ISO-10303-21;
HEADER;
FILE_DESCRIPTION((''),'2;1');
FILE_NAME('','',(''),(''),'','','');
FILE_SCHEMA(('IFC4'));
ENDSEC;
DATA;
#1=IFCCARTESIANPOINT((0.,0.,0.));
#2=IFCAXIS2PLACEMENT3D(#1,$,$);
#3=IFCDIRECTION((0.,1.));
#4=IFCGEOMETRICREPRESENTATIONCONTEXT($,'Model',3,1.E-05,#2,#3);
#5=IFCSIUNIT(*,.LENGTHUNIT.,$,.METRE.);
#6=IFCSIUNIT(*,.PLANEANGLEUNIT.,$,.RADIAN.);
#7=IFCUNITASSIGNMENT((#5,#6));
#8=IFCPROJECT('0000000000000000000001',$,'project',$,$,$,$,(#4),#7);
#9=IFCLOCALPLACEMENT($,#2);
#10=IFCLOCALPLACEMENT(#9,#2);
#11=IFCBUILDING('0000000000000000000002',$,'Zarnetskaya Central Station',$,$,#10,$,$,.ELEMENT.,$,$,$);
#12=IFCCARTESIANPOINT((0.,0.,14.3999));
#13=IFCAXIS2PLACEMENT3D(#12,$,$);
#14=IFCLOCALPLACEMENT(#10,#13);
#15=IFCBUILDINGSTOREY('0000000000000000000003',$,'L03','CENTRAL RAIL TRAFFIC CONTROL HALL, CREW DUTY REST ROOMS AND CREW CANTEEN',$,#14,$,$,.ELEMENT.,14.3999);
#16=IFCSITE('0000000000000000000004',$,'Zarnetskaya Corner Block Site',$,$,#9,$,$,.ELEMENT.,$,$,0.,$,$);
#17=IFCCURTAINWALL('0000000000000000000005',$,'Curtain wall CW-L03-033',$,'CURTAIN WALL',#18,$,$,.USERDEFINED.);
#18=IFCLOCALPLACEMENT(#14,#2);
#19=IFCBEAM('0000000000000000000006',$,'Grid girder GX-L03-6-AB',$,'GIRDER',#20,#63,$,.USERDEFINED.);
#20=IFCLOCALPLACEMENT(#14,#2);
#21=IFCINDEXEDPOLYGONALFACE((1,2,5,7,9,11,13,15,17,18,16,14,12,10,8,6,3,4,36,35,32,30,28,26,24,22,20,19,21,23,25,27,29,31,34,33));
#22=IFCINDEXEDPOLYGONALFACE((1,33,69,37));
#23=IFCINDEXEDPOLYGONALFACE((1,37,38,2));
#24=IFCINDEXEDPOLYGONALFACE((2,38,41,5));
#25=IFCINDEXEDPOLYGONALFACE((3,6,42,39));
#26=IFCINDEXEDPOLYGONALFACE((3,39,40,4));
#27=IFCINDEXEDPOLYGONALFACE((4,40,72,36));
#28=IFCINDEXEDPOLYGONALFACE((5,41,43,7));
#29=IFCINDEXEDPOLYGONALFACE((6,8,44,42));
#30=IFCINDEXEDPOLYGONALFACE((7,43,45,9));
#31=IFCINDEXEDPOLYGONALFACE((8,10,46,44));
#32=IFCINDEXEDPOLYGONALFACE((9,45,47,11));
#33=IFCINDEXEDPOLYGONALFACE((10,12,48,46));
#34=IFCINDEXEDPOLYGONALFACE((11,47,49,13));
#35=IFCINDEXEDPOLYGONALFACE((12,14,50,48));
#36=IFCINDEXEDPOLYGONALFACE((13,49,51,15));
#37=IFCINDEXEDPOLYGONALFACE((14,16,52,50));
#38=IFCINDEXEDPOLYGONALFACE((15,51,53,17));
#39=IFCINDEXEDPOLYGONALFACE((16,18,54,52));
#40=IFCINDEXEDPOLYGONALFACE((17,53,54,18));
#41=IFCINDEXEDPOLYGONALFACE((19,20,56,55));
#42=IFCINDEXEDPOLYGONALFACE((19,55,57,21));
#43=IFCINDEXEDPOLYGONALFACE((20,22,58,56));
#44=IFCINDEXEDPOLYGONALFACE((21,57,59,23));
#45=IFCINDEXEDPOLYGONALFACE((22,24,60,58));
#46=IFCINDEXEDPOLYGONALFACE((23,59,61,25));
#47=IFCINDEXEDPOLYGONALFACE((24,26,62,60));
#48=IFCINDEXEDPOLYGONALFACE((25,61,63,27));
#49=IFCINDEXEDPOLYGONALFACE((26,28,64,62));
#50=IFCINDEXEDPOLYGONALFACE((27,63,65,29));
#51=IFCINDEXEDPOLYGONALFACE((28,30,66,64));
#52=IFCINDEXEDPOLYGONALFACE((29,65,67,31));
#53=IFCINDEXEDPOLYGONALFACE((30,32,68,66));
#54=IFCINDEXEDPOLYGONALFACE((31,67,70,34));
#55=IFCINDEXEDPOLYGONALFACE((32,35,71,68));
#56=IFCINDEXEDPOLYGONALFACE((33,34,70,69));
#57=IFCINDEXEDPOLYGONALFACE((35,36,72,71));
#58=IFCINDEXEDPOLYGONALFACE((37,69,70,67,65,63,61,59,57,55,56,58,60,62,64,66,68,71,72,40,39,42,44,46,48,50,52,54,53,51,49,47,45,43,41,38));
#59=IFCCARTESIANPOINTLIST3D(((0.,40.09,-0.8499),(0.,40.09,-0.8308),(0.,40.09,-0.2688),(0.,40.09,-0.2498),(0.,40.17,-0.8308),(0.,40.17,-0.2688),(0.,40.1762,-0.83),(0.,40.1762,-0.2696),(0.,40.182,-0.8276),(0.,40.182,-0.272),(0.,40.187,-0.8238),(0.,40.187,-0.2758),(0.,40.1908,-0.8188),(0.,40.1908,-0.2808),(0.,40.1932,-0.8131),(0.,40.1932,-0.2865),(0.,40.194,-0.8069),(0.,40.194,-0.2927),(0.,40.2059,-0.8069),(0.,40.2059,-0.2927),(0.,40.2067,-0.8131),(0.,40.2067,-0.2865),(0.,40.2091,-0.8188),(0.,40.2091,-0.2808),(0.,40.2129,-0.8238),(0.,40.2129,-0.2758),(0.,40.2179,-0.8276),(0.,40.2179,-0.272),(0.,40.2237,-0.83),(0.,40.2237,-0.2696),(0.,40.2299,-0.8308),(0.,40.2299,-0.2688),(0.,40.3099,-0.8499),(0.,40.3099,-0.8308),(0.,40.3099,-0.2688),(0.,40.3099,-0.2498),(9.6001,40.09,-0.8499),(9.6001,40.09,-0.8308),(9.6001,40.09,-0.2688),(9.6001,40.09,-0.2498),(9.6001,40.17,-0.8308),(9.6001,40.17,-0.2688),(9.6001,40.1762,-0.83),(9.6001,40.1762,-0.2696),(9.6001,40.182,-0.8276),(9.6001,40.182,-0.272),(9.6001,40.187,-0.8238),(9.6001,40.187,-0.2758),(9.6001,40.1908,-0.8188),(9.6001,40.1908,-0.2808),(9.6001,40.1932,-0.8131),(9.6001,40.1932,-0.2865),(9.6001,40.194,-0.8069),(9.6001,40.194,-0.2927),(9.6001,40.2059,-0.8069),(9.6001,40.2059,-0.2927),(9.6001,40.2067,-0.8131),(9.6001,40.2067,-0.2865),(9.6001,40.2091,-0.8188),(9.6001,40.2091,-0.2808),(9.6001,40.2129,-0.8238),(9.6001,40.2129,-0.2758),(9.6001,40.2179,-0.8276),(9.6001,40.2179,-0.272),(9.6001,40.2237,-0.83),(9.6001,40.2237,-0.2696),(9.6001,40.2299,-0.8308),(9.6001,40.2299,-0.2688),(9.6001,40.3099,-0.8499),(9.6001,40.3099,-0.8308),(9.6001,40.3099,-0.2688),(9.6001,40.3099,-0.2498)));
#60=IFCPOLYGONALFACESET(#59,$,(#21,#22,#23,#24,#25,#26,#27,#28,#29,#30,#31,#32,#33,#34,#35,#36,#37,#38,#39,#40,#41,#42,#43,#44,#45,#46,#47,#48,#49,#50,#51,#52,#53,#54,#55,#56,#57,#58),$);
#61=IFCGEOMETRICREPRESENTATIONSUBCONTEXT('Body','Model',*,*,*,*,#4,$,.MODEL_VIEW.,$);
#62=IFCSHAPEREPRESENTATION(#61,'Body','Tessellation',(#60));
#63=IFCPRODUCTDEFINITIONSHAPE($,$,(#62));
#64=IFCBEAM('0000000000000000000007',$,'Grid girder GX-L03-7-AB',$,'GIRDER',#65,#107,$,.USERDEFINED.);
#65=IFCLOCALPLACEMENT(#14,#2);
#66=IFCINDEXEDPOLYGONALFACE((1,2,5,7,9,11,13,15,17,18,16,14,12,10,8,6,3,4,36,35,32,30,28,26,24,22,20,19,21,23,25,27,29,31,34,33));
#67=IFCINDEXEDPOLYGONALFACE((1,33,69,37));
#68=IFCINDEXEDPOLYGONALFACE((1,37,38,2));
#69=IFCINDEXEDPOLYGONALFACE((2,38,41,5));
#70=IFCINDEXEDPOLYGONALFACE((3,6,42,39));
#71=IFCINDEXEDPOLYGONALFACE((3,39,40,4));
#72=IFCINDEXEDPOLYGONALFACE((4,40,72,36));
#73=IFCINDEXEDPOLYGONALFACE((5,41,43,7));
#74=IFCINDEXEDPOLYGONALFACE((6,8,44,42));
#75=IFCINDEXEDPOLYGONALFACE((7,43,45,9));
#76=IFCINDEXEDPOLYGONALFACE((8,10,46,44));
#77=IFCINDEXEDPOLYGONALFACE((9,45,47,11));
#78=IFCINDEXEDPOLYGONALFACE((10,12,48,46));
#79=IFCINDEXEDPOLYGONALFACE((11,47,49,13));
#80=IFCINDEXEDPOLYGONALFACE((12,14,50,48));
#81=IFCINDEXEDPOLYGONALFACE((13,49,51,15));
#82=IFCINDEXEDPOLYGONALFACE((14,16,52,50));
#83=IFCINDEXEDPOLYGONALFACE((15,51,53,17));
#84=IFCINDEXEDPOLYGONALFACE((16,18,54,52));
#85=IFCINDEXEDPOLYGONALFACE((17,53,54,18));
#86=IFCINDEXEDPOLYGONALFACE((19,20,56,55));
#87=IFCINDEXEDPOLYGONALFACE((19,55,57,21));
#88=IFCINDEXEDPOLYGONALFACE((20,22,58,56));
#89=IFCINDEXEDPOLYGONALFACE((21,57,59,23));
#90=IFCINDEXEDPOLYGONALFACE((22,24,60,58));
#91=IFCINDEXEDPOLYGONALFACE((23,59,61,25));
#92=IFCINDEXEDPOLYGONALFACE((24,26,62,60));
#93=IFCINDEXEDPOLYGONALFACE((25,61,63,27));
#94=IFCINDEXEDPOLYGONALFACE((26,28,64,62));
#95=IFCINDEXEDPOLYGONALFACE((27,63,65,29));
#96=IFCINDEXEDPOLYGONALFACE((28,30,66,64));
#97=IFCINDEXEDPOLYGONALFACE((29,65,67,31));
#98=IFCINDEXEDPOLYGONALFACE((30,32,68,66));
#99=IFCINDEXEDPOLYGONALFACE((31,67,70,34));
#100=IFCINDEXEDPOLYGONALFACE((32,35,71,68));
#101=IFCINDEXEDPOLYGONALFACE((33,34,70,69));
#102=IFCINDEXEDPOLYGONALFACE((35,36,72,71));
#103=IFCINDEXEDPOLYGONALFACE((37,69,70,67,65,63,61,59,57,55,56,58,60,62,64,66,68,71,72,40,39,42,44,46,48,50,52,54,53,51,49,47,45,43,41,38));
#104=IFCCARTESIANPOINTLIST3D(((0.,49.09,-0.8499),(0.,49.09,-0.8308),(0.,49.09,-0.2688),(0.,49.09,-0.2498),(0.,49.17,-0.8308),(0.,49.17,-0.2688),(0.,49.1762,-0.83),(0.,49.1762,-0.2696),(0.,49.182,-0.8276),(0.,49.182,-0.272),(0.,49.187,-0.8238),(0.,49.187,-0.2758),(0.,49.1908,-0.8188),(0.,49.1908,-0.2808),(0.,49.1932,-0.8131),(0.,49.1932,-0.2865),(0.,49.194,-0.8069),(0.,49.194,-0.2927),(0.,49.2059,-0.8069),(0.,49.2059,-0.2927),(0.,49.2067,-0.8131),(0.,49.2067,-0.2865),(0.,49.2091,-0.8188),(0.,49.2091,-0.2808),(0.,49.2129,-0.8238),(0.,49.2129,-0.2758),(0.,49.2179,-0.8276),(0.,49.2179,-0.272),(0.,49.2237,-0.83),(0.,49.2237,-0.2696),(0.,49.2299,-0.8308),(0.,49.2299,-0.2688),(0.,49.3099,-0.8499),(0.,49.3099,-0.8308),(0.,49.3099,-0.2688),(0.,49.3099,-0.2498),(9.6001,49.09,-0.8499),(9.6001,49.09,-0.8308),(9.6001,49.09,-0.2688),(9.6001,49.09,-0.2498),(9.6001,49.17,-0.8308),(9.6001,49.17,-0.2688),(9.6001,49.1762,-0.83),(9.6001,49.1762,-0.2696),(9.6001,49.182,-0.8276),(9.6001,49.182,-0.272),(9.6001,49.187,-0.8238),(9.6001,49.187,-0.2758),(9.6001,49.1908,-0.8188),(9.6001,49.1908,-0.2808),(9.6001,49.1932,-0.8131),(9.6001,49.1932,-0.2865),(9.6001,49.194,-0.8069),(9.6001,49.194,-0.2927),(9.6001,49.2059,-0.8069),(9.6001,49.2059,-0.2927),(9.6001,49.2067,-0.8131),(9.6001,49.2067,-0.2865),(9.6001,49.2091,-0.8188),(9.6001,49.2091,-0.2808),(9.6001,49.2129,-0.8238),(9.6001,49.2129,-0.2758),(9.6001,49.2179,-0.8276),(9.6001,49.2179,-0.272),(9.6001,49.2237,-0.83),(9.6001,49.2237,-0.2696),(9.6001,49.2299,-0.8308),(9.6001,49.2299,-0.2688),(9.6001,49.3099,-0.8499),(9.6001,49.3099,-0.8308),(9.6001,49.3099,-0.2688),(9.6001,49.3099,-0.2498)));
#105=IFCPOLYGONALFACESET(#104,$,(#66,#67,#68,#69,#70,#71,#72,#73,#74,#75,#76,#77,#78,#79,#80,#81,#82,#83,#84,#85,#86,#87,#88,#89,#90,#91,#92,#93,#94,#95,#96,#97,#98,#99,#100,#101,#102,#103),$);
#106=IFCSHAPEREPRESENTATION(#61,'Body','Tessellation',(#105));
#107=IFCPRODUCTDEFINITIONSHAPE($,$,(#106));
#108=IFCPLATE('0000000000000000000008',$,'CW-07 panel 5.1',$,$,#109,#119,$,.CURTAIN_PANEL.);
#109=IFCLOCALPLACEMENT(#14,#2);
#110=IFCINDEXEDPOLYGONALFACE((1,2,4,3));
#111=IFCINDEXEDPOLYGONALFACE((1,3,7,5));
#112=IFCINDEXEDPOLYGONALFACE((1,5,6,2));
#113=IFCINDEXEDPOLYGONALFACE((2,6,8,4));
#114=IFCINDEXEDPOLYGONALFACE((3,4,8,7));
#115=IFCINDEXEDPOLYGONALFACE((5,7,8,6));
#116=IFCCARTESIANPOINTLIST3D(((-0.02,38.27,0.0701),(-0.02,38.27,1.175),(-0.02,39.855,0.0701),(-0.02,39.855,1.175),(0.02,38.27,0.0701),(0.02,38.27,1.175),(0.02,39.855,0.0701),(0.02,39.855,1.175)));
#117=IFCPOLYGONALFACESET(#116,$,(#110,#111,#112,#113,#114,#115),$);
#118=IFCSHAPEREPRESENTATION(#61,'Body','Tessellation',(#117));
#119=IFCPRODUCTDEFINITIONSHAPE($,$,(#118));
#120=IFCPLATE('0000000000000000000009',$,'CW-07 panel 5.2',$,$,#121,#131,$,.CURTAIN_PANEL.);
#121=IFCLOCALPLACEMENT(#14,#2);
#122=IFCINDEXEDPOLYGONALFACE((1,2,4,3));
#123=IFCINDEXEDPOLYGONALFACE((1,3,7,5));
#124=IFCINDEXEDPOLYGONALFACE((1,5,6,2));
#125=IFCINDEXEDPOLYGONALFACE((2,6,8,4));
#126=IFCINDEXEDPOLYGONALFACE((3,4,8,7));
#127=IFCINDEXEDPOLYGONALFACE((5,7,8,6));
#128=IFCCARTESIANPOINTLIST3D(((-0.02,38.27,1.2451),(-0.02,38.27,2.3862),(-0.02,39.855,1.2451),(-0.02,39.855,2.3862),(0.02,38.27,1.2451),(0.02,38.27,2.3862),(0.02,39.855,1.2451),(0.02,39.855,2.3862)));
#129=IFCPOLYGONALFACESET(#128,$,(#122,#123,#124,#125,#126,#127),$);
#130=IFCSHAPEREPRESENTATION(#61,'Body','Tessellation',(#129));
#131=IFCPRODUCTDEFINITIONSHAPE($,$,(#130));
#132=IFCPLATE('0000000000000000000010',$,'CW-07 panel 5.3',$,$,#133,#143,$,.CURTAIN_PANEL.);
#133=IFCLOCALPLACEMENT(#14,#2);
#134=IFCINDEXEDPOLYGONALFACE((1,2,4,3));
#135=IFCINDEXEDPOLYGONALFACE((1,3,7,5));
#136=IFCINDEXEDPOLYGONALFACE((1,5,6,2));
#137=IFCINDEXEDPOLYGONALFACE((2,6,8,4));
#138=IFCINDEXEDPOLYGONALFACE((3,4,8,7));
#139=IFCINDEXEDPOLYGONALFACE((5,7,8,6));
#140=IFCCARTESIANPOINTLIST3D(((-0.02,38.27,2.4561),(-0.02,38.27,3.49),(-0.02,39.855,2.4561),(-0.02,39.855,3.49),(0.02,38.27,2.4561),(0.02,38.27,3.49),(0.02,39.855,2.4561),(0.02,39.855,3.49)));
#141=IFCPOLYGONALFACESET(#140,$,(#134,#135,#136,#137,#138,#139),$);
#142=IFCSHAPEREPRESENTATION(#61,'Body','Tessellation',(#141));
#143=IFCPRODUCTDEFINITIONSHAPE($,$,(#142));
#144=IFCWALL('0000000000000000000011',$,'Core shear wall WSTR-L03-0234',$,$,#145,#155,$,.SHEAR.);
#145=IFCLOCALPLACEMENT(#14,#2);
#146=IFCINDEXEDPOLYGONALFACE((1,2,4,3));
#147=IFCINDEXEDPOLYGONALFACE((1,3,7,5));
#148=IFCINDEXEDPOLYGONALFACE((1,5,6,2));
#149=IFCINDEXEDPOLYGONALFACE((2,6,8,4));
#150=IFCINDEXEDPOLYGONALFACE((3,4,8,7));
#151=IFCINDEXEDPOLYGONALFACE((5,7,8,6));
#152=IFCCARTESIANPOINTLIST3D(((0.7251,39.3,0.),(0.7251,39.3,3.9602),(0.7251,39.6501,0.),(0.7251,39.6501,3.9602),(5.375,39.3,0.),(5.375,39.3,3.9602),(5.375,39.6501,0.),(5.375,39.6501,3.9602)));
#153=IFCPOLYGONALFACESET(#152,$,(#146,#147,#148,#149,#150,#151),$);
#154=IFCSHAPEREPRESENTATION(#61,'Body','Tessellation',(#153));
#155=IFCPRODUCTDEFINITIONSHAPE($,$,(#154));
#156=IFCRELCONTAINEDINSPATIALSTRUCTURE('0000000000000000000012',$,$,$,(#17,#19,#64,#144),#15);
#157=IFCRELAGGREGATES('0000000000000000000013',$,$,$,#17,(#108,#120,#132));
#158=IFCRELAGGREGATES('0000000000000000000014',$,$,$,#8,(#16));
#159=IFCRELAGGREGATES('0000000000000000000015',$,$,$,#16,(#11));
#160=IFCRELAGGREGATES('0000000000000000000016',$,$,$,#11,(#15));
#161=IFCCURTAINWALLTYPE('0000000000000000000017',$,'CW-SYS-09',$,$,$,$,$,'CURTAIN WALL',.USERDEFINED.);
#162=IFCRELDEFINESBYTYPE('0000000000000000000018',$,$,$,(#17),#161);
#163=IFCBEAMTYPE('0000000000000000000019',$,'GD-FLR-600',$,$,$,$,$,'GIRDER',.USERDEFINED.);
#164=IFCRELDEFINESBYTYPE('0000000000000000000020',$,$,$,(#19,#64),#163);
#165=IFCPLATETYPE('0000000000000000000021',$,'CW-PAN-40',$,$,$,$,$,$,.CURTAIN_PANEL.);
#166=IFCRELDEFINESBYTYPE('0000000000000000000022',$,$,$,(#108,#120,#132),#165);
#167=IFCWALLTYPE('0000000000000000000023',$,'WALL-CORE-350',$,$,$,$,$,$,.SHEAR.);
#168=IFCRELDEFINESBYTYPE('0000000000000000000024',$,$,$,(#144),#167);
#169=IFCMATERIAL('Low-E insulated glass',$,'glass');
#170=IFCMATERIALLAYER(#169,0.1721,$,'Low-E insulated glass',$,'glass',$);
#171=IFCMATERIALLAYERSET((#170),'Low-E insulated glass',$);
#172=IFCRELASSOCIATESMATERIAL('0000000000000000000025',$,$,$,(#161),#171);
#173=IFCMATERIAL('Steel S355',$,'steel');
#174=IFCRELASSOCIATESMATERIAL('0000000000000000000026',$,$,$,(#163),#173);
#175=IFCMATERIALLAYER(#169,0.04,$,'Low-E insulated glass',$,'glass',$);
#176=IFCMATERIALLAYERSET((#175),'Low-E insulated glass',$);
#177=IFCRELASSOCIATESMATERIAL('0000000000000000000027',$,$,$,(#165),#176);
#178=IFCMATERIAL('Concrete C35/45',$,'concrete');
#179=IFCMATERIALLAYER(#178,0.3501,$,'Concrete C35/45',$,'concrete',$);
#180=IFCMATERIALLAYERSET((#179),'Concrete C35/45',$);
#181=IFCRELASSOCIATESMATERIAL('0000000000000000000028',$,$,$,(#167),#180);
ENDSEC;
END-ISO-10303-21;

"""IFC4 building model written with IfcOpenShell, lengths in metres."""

from ifc_helpers import new_model, si_unit, direction, frame, frame_2d, origin, origin_2d, place, context, subcontext, project, spatial, rectangle, i_section, extrude, material, layer, layer_set, material_profile, profile_set, type_object, element, aggregate, save


model = new_model("IFC4")

# Units and contexts
model_context = context("Model", 3, precision=1e-05, world=origin(), true_north=direction((0.0, 1.0)))
body_context = subcontext(model_context, "Body", "Model", "MODEL_VIEW")
ifc_project = project(units=[si_unit("LENGTHUNIT", "METRE"), si_unit("PLANEANGLEUNIT", "RADIAN")], contexts=[model_context])

# Site, building, storey
site_placement = place(None, origin())
site = spatial("IfcSite", under=ifc_project, at=site_placement, Name="Zarnetskaya Corner Block Site", CompositionType="ELEMENT", RefElevation=0.0)
building_placement = place(site_placement, origin())
building = spatial("IfcBuilding", under=site, at=building_placement, Name="Zarnetskaya Central Station", CompositionType="ELEMENT")
storey_placement = place(building_placement, frame((0.0, 0.0, 14.3999)))
storey = spatial("IfcBuildingStorey", under=building, at=storey_placement, Name="L03", Description="CENTRAL RAIL TRAFFIC CONTROL HALL, CREW DUTY REST ROOMS AND CREW CANTEEN", CompositionType="ELEMENT", Elevation=14.3999)

# Shared definitions
ifc_material_1 = material(Name="Steel S355", Category="steel")

# Curtain wall
ifc_material_2 = material(Name="Low-E insulated glass", Category="glass")
ifc_layer_1 = layer(ifc_material_2, 0.1721, Name="Low-E insulated glass", Category="glass")
ifc_layer_set_1 = layer_set([ifc_layer_1], Name="Low-E insulated glass")
curtain_wall_type_1 = type_object("IfcCurtainWallType", Name="CW-SYS-09", ElementType="CURTAIN WALL", PredefinedType="USERDEFINED", material=ifc_layer_set_1)
curtain_wall_1_placement = place(storey_placement, origin())
curtain_wall_1 = element("IfcCurtainWall", 1, at=curtain_wall_1_placement, inside=storey, type_object=curtain_wall_type_1, Name="Curtain wall CW-L03-033", ObjectType="CURTAIN WALL", PredefinedType="USERDEFINED")

# Beams
ifc_material_profile_1 = material_profile(ifc_material_1, i_section(OverallWidth=0.22, OverallDepth=0.6001, WebThickness=0.012, FlangeThickness=0.019, FilletRadius=0.0239, at=origin_2d()), Name="IPE 600")
ifc_profile_set_1 = profile_set([ifc_material_profile_1], Name="Steel S355")
beam_type_1 = type_object("IfcBeamType", Name="GD-FLR-600", ElementType="GIRDER", PredefinedType="USERDEFINED", material=ifc_profile_set_1)
for number, where, z_axis, x_axis, name in (
    (2, (0.0, 40.2, -0.5498), (1.0, 0.0, 0.0), (0.0, 1.0, 0.0), "Grid girder GX-L03-6-AB"),
    (3, (0.0, 49.2, -0.5498), (1.0, 0.0, 0.0), (0.0, 1.0, 0.0), "Grid girder GX-L03-7-AB"),
):
    element("IfcBeam", number, at=place(storey_placement, frame(where, z_axis=z_axis, x_axis=x_axis)), inside=storey, type_object=beam_type_1, Name=name, ObjectType="GIRDER", PredefinedType="USERDEFINED", context=body_context, shape_type="SweptSolid", body=[
        extrude(i_section(OverallWidth=0.22, OverallDepth=0.6001, WebThickness=0.012, FlangeThickness=0.019, FilletRadius=0.0239, at=origin_2d()), origin(), (0.0, 0.0, 1.0), 9.6001),
    ])

# Plates
ifc_layer_2 = layer(ifc_material_2, 0.04, Name="Low-E insulated glass", Category="glass")
ifc_layer_set_2 = layer_set([ifc_layer_2], Name="Low-E insulated glass")
plate_type = type_object("IfcPlateType", Name="CW-PAN-40", PredefinedType="CURTAIN_PANEL", material=ifc_layer_set_2)
plate_1_placement = place(storey_placement, frame((0.0, 39.0625, 0.0701), z_axis=(0.0, 0.0, 1.0), x_axis=(0.0, 1.0, 0.0)))
plate_1 = element("IfcPlate", 4, at=plate_1_placement, type_object=plate_type, Name="CW-07 panel 5.1", PredefinedType="CURTAIN_PANEL", context=body_context, shape_type="SweptSolid", body=[
    extrude(rectangle(XDim=1.585, YDim=0.04, at=origin_2d()), origin(), (0.0, 0.0, 1.0), 1.105),
])
plate_2_placement = place(storey_placement, frame((0.0, 39.0625, 1.2451), z_axis=(0.0, 0.0, 1.0), x_axis=(0.0, 1.0, 0.0)))
plate_2 = element("IfcPlate", 5, at=plate_2_placement, type_object=plate_type, Name="CW-07 panel 5.2", PredefinedType="CURTAIN_PANEL", context=body_context, shape_type="SweptSolid", body=[
    extrude(rectangle(XDim=1.585, YDim=0.04, at=origin_2d()), origin(), (0.0, 0.0, 1.0), 1.1411),
])
plate_3_placement = place(storey_placement, frame((0.0, 39.0625, 2.4561), z_axis=(0.0, 0.0, 1.0), x_axis=(0.0, 1.0, 0.0)))
plate_3 = element("IfcPlate", 6, at=plate_3_placement, type_object=plate_type, Name="CW-07 panel 5.3", PredefinedType="CURTAIN_PANEL", context=body_context, shape_type="SweptSolid", body=[
    extrude(rectangle(XDim=1.585, YDim=0.04, at=origin_2d()), origin(), (0.0, 0.0, 1.0), 1.0339),
])
aggregate(curtain_wall_1, [plate_1, plate_2, plate_3])

# Wall
ifc_material_3 = material(Name="Concrete C35/45", Category="concrete")
ifc_layer_3 = layer(ifc_material_3, 0.3501, Name="Concrete C35/45", Category="concrete")
ifc_layer_set_3 = layer_set([ifc_layer_3], Name="Concrete C35/45")
wall_type_1 = type_object("IfcWallType", Name="WALL-CORE-350", PredefinedType="SHEAR", material=ifc_layer_set_3)
wall_1_placement = place(storey_placement, frame((0.7251, 39.4751, 0.0), z_axis=(0.0, 0.0, 1.0), x_axis=(1.0, 0.0, 0.0)))
element("IfcWall", 7, at=wall_1_placement, inside=storey, type_object=wall_type_1, Name="Core shear wall WSTR-L03-0234", PredefinedType="SHEAR", context=body_context, shape_type="SweptSolid", body=[
    extrude(rectangle(XDim=4.6499, YDim=0.3501, at=frame_2d((2.325, 0.0))), origin(), (0.0, 0.0, 1.0), 3.9602),
])

save(model, "model.ifc")
